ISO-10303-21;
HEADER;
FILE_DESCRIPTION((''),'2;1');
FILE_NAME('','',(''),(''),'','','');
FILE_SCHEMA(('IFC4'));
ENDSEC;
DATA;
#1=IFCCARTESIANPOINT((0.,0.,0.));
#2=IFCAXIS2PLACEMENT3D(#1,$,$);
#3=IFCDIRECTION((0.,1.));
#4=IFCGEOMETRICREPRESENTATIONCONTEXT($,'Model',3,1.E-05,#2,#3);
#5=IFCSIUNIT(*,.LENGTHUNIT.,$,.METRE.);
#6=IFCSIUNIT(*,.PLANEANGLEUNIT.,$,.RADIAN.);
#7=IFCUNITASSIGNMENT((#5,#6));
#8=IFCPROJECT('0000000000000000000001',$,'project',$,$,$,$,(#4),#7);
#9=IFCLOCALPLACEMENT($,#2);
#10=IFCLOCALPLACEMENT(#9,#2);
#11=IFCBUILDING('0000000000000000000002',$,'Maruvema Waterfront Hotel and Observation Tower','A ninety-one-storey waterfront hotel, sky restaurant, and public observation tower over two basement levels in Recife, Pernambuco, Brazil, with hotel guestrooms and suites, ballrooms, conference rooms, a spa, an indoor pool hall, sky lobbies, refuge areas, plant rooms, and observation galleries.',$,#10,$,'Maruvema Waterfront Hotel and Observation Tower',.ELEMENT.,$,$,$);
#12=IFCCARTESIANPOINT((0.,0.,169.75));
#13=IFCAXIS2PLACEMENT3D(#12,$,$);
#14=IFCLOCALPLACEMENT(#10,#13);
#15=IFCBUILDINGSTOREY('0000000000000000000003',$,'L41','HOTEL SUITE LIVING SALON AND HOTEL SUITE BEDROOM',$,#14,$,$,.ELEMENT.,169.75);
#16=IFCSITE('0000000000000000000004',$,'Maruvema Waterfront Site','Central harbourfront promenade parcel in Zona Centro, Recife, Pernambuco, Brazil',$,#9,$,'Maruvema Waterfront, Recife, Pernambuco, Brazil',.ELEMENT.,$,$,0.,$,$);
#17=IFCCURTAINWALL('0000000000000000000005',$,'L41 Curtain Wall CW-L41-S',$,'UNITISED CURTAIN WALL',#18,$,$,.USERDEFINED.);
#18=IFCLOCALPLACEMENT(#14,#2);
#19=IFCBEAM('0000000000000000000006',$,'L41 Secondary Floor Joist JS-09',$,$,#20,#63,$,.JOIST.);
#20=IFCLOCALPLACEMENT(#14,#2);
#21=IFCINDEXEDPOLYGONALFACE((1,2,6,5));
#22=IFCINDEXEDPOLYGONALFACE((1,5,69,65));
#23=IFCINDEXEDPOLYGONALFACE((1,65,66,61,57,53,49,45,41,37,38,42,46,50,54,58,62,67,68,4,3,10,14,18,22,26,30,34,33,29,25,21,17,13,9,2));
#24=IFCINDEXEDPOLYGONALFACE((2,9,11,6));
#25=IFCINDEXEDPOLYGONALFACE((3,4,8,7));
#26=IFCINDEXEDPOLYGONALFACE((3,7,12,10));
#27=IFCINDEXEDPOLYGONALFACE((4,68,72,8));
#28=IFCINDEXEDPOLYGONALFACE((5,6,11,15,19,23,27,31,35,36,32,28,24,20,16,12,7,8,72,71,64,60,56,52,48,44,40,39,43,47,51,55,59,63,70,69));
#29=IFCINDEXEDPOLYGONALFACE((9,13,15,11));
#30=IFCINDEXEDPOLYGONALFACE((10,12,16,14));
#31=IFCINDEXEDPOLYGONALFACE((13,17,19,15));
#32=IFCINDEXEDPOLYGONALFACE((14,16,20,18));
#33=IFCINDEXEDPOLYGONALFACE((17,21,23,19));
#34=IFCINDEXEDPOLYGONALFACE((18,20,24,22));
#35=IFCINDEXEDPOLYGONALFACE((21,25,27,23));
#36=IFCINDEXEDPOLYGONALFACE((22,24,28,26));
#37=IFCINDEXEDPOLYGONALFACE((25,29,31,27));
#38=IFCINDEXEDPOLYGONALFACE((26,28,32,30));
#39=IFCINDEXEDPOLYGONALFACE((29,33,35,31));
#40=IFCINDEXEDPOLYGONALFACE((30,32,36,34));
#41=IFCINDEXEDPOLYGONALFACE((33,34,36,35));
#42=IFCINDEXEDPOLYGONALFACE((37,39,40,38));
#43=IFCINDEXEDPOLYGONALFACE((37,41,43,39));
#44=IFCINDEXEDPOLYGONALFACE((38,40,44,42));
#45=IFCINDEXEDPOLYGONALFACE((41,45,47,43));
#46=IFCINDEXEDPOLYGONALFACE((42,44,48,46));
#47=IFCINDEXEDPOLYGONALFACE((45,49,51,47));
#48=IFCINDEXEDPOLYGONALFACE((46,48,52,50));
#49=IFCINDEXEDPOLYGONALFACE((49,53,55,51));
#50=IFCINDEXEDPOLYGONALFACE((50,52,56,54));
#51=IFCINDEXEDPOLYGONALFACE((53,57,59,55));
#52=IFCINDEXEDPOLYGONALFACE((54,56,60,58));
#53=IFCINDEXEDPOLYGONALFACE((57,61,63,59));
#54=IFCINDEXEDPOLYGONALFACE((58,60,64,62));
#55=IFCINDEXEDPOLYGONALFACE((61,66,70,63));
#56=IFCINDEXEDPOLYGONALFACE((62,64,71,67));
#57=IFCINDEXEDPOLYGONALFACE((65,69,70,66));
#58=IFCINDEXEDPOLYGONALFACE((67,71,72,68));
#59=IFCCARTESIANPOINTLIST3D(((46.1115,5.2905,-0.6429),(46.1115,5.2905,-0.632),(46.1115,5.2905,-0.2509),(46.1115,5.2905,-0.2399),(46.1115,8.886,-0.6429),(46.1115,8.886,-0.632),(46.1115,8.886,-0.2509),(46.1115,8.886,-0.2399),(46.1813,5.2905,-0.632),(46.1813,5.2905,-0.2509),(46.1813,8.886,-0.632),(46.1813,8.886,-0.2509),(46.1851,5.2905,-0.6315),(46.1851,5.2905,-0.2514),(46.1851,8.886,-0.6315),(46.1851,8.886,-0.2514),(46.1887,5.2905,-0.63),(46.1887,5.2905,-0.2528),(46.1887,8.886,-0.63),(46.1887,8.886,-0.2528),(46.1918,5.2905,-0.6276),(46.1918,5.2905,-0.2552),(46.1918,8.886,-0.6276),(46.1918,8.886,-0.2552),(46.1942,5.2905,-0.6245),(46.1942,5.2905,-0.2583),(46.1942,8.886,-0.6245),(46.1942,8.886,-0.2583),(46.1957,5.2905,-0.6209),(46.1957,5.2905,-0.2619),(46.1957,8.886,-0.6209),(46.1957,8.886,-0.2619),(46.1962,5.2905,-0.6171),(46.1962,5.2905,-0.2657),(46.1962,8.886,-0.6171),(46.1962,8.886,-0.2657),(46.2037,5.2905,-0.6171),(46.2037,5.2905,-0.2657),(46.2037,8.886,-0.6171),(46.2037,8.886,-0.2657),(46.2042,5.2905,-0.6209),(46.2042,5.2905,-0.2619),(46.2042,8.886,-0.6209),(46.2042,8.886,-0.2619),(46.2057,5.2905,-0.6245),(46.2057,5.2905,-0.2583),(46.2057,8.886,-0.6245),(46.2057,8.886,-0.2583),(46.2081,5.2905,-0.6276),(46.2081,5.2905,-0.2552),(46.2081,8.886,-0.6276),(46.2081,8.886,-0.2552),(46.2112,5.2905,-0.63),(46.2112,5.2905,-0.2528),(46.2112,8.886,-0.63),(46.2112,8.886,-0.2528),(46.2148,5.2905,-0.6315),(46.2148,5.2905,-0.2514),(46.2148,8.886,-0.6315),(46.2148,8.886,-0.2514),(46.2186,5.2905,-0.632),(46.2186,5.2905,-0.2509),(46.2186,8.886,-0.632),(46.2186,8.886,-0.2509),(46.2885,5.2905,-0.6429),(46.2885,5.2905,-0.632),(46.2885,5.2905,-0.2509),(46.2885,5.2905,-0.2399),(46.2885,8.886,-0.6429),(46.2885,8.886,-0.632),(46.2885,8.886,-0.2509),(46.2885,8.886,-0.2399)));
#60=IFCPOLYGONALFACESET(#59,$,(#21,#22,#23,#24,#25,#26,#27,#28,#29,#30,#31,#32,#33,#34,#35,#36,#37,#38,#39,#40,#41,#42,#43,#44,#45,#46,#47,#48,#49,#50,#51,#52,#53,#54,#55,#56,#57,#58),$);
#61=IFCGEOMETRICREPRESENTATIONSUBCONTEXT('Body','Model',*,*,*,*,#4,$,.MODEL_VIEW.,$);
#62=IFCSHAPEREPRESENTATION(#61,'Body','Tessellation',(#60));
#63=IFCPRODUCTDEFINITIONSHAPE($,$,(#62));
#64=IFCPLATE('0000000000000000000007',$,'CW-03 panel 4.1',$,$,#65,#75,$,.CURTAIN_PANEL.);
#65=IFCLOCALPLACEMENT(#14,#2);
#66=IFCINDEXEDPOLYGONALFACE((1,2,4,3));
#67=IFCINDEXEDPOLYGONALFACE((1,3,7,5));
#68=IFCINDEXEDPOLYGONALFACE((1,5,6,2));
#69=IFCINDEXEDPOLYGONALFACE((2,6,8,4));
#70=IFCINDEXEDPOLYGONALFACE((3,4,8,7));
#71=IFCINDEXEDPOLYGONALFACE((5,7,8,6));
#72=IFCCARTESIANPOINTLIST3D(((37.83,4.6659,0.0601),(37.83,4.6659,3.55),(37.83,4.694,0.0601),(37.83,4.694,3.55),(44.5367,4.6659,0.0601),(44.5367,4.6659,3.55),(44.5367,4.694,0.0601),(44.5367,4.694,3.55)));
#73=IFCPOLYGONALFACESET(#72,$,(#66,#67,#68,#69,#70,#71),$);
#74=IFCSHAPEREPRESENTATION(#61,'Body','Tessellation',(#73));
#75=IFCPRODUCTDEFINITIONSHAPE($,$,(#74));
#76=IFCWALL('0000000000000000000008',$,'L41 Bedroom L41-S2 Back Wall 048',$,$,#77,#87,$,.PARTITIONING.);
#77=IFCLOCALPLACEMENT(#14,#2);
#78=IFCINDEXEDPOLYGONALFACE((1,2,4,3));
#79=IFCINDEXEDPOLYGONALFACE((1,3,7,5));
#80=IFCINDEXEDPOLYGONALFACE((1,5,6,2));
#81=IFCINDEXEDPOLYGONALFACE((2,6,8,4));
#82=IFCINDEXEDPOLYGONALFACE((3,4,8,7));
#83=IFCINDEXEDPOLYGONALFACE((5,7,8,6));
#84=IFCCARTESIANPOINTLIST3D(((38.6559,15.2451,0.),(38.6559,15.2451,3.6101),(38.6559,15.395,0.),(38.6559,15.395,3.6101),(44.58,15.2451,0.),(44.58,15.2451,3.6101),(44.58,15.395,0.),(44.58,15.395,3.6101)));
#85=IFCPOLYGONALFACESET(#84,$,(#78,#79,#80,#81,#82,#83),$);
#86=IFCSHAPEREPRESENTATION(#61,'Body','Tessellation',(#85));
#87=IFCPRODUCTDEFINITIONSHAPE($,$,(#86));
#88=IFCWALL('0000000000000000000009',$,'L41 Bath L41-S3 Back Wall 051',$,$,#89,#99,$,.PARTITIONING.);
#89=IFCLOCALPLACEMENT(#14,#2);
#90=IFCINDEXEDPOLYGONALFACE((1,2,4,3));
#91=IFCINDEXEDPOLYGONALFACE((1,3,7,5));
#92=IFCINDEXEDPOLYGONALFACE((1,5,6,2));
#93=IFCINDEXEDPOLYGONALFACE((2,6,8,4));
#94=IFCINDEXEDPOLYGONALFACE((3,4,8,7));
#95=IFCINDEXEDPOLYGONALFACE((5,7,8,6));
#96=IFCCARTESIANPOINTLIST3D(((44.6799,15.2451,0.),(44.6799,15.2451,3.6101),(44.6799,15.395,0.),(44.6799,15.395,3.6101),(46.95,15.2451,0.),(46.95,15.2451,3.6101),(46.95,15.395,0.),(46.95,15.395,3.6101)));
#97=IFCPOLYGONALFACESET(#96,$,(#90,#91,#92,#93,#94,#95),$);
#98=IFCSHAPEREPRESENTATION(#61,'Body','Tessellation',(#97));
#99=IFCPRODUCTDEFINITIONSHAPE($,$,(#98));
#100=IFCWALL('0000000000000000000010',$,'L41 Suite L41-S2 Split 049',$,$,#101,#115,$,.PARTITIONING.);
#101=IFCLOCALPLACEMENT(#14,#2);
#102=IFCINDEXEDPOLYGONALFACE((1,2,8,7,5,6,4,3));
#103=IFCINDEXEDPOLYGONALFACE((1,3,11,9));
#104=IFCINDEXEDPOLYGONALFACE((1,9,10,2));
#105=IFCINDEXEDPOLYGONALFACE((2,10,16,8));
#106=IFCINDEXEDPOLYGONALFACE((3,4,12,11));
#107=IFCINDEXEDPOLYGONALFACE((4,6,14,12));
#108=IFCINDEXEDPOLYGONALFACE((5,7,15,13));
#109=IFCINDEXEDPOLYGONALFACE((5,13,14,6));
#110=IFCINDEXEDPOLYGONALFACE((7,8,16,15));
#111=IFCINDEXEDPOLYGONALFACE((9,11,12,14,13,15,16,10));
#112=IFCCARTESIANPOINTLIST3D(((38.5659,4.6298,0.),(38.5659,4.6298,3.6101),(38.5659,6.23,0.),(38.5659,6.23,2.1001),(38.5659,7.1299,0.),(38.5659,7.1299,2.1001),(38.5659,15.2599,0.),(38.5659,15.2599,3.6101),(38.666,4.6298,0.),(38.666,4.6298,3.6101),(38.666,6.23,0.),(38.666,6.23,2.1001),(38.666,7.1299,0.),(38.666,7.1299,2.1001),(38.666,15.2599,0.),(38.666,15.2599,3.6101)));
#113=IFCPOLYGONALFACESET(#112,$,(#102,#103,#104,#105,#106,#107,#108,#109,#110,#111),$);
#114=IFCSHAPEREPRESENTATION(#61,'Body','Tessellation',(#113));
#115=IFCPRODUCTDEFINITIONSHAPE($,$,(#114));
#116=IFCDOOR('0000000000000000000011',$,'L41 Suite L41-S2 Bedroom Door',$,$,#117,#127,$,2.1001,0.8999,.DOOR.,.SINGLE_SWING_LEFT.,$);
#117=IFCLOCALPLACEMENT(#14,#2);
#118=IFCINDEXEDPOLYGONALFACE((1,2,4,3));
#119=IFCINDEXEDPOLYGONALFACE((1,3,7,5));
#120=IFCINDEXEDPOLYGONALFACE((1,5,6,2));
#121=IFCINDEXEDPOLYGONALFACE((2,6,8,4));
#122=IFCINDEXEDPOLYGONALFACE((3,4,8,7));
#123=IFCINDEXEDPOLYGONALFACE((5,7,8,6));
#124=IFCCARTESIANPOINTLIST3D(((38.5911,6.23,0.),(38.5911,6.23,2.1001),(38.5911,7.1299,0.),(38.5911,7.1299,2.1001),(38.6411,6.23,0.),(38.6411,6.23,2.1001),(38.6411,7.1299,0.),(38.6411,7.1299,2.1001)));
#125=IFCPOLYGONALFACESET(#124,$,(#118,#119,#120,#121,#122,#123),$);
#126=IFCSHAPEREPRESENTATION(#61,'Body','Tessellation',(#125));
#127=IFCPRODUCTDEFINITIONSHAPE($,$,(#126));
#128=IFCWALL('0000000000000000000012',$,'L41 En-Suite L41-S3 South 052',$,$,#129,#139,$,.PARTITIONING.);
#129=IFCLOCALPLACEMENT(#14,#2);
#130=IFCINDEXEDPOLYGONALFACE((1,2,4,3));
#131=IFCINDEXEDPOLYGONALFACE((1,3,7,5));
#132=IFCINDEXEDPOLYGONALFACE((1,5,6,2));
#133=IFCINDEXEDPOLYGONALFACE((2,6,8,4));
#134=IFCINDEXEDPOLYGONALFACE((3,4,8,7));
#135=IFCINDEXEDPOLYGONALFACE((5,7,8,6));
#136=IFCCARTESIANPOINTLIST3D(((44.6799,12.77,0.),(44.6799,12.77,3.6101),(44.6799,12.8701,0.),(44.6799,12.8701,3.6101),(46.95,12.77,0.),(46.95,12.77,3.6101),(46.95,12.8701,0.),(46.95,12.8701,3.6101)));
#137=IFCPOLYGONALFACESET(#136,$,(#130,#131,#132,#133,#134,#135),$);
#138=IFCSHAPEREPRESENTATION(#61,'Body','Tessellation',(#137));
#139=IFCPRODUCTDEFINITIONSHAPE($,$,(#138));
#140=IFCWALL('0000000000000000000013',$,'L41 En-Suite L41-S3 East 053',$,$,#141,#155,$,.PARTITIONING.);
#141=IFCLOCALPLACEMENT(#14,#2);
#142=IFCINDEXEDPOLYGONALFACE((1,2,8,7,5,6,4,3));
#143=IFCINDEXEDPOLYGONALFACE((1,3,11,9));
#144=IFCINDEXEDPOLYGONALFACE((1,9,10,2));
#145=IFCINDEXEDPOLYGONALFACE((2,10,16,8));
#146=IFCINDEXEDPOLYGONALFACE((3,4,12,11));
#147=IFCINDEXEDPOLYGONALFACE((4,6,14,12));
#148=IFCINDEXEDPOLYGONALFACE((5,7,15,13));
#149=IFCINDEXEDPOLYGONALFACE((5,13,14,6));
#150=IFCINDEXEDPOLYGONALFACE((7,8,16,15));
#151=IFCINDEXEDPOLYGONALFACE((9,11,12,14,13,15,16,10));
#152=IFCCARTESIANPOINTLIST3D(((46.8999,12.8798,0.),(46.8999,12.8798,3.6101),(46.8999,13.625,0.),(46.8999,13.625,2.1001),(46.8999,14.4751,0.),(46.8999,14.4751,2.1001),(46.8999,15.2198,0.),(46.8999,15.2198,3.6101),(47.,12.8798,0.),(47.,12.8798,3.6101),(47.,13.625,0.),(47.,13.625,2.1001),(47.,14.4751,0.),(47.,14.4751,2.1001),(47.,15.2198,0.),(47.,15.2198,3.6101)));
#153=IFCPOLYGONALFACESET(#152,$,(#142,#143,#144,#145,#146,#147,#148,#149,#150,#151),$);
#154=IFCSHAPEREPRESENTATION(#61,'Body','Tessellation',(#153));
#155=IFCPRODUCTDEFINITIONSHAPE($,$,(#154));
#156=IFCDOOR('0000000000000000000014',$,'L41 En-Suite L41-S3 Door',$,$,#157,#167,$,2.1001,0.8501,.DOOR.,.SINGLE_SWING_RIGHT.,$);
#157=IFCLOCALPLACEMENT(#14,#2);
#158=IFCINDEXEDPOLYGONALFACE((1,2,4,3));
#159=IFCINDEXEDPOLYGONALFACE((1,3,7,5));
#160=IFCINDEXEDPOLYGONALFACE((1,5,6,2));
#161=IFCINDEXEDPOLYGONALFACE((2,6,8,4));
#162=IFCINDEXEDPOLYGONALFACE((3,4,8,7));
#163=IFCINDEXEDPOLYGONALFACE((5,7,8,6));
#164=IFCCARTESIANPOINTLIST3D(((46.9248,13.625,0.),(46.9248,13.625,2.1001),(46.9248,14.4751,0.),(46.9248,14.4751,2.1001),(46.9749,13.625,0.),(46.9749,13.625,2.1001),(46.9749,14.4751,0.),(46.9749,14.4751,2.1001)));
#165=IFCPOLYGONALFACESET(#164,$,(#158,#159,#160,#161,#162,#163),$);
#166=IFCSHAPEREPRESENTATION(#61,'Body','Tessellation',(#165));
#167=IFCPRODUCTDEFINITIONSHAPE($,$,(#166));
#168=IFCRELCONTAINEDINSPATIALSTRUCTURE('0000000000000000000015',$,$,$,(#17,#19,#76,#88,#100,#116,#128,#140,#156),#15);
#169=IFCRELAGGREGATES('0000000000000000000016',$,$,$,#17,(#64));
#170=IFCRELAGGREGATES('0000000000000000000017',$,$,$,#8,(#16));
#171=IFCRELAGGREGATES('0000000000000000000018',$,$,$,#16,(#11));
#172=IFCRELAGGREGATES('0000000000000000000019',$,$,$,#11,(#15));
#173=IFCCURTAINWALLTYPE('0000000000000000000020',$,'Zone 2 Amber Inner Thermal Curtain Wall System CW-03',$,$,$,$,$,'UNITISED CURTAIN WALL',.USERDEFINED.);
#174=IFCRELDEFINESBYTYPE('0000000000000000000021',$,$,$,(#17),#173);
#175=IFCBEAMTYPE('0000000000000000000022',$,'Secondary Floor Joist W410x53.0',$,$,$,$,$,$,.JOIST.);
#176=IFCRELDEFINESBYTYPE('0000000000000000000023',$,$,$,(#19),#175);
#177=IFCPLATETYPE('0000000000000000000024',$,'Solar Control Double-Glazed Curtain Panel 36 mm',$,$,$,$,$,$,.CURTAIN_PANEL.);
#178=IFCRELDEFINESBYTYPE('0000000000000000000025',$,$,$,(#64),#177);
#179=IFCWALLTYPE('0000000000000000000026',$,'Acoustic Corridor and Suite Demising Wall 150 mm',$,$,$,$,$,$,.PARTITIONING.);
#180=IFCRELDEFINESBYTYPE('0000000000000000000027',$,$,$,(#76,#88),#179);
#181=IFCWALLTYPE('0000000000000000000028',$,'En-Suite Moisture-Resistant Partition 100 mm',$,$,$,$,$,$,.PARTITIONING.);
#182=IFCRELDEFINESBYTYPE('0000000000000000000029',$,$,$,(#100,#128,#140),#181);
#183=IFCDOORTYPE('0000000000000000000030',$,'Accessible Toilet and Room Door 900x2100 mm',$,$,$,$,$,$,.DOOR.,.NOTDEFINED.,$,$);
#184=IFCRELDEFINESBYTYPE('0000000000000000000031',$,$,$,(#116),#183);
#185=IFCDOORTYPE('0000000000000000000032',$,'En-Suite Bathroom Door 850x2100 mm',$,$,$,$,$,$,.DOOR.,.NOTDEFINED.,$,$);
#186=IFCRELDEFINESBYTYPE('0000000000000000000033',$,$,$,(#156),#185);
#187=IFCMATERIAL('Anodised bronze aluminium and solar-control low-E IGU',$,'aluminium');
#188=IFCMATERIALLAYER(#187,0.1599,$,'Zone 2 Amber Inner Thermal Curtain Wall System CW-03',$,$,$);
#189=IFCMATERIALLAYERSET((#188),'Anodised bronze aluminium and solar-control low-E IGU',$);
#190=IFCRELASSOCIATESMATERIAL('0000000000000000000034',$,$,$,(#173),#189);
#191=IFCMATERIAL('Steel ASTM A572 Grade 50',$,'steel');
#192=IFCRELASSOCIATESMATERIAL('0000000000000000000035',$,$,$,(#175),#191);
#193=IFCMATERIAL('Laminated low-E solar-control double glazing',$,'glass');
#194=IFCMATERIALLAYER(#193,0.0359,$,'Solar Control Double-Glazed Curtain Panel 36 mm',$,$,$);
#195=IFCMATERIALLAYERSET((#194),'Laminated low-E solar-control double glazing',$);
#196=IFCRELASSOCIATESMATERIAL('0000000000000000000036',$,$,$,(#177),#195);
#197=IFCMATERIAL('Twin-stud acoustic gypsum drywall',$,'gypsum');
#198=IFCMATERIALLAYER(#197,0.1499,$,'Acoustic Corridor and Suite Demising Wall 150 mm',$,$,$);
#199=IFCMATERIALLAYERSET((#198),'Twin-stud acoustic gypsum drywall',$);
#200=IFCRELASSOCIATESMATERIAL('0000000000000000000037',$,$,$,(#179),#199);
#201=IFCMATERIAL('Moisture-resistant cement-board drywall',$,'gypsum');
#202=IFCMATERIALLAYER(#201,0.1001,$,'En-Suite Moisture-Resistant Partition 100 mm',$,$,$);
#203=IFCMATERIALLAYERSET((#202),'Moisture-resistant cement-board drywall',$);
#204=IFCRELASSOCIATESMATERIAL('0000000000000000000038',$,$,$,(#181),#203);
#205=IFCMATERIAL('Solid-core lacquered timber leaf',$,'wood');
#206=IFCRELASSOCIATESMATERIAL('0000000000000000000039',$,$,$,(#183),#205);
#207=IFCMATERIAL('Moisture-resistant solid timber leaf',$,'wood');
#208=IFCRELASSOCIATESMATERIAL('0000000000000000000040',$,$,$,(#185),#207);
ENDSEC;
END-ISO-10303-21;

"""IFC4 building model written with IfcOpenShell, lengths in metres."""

from ifc_helpers import new_model, si_unit, direction, frame, frame_2d, origin, origin_2d, place, context, subcontext, project, spatial, rectangle, i_section, extrude, material, layer, layer_set, material_profile, profile_set, type_object, element, fill, aggregate, save


model = new_model("IFC4")

# Units and contexts
model_context = context("Model", 3, precision=1e-05, world=origin(), true_north=direction((0.0, 1.0)))
body_context = subcontext(model_context, "Body", "Model", "MODEL_VIEW")
ifc_project = project(units=[si_unit("LENGTHUNIT", "METRE"), si_unit("PLANEANGLEUNIT", "RADIAN")], contexts=[model_context])

# Site, building, storey
site_placement = place(None, origin())
site = spatial("IfcSite", under=ifc_project, at=site_placement, Name="Maruvema Waterfront Site", Description="Central harbourfront promenade parcel in Zona Centro, Recife, Pernambuco, Brazil", LongName="Maruvema Waterfront, Recife, Pernambuco, Brazil", CompositionType="ELEMENT", RefElevation=0.0)
building_placement = place(site_placement, origin())
building = spatial("IfcBuilding", under=site, at=building_placement, Name="Maruvema Waterfront Hotel and Observation Tower", Description="A ninety-one-storey waterfront hotel, sky restaurant, and public observation tower over two basement levels in Recife, Pernambuco, Brazil, with hotel guestrooms and suites, ballrooms, conference rooms, a spa, an indoor pool hall, sky lobbies, refuge areas, plant rooms, and observation galleries.", LongName="Maruvema Waterfront Hotel and Observation Tower", CompositionType="ELEMENT")
storey_placement = place(building_placement, frame((0.0, 0.0, 169.75)))
storey = spatial("IfcBuildingStorey", under=building, at=storey_placement, Name="L41", Description="HOTEL SUITE LIVING SALON AND HOTEL SUITE BEDROOM", CompositionType="ELEMENT", Elevation=169.75)

# Curtain wall
ifc_material_1 = material(Name="Anodised bronze aluminium and solar-control low-E IGU", Category="aluminium")
ifc_layer_1 = layer(ifc_material_1, 0.1599, Name="Zone 2 Amber Inner Thermal Curtain Wall System CW-03")
ifc_layer_set_1 = layer_set([ifc_layer_1], Name="Anodised bronze aluminium and solar-control low-E IGU")
curtain_wall_type = type_object("IfcCurtainWallType", Name="Zone 2 Amber Inner Thermal Curtain Wall System CW-03", ElementType="UNITISED CURTAIN WALL", PredefinedType="USERDEFINED", material=ifc_layer_set_1)
curtain_wall_placement = place(storey_placement, origin())
curtain_wall = element("IfcCurtainWall", 1, at=curtain_wall_placement, inside=storey, type_object=curtain_wall_type, Name="L41 Curtain Wall CW-L41-S", ObjectType="UNITISED CURTAIN WALL", PredefinedType="USERDEFINED")

# Beam
ifc_material_2 = material(Name="Steel ASTM A572 Grade 50", Category="steel")
ifc_material_profile_1 = material_profile(ifc_material_2, i_section(OverallWidth=0.177, OverallDepth=0.4031, WebThickness=0.0076, FlangeThickness=0.011, FilletRadius=0.0149, at=origin_2d()), Name="W410x53.0")
ifc_profile_set_1 = profile_set([ifc_material_profile_1], Name="Steel ASTM A572 Grade 50")
beam_type_1 = type_object("IfcBeamType", Name="Secondary Floor Joist W410x53.0", PredefinedType="JOIST", material=ifc_profile_set_1)
beam_1_placement = place(storey_placement, frame((46.2, 5.2905, -0.4414), z_axis=(0.0, 1.0, 0.0), x_axis=(-1.0, 0.0, 0.0)))
element("IfcBeam", 2, at=beam_1_placement, inside=storey, type_object=beam_type_1, Name="L41 Secondary Floor Joist JS-09", PredefinedType="JOIST", context=body_context, shape_type="SweptSolid", body=[
    extrude(i_section(OverallWidth=0.177, OverallDepth=0.4031, WebThickness=0.0076, FlangeThickness=0.011, FilletRadius=0.0149, at=origin_2d()), origin(), (0.0, 0.0, 1.0), 3.5955),
])

# Plate
ifc_material_3 = material(Name="Laminated low-E solar-control double glazing", Category="glass")
ifc_layer_2 = layer(ifc_material_3, 0.0359, Name="Solar Control Double-Glazed Curtain Panel 36 mm")
ifc_layer_set_2 = layer_set([ifc_layer_2], Name="Laminated low-E solar-control double glazing")
plate_type = type_object("IfcPlateType", Name="Solar Control Double-Glazed Curtain Panel 36 mm", PredefinedType="CURTAIN_PANEL", material=ifc_layer_set_2)
plate_placement = place(storey_placement, frame((41.1833, 4.6799, 0.0601), z_axis=(0.0, 0.0, 1.0), x_axis=(1.0, 0.0, 0.0)))
plate = element("IfcPlate", 3, at=plate_placement, type_object=plate_type, Name="CW-03 panel 4.1", PredefinedType="CURTAIN_PANEL", context=body_context, shape_type="SweptSolid", body=[
    extrude(rectangle(XDim=6.7068, YDim=0.0281, at=origin_2d()), origin(), (0.0, 0.0, 1.0), 3.49),
])
aggregate(curtain_wall, [plate])

# Walls
ifc_material_4 = material(Name="Twin-stud acoustic gypsum drywall", Category="gypsum")
ifc_layer_3 = layer(ifc_material_4, 0.1499, Name="Acoustic Corridor and Suite Demising Wall 150 mm")
ifc_layer_set_3 = layer_set([ifc_layer_3], Name="Twin-stud acoustic gypsum drywall")
wall_type_1 = type_object("IfcWallType", Name="Acoustic Corridor and Suite Demising Wall 150 mm", PredefinedType="PARTITIONING", material=ifc_layer_set_3)
wall_1_placement = place(storey_placement, frame((38.656, 15.3201, 0.0), z_axis=(0.0, 0.0, 1.0), x_axis=(1.0, 0.0, 0.0)))
element("IfcWall", 4, at=wall_1_placement, inside=storey, type_object=wall_type_1, Name="L41 Bedroom L41-S2 Back Wall 048", PredefinedType="PARTITIONING", context=body_context, shape_type="SweptSolid", body=[
    extrude(rectangle(XDim=5.9241, YDim=0.1499, at=frame_2d((2.9619, 0.0))), origin(), (0.0, 0.0, 1.0), 3.6101),
])
wall_2_placement = place(storey_placement, frame((44.6799, 15.3201, 0.0), z_axis=(0.0, 0.0, 1.0), x_axis=(1.0, 0.0, 0.0)))
element("IfcWall", 5, at=wall_2_placement, inside=storey, type_object=wall_type_1, Name="L41 Bath L41-S3 Back Wall 051", PredefinedType="PARTITIONING", context=body_context, shape_type="SweptSolid", body=[
    extrude(rectangle(XDim=2.27, YDim=0.1499, at=frame_2d((1.135, 0.0))), origin(), (0.0, 0.0, 1.0), 3.6101),
])

# Wall, opening, door
ifc_material_5 = material(Name="Moisture-resistant cement-board drywall", Category="gypsum")
ifc_layer_4 = layer(ifc_material_5, 0.1001, Name="En-Suite Moisture-Resistant Partition 100 mm")
ifc_layer_set_4 = layer_set([ifc_layer_4], Name="Moisture-resistant cement-board drywall")
wall_type_2 = type_object("IfcWallType", Name="En-Suite Moisture-Resistant Partition 100 mm", PredefinedType="PARTITIONING", material=ifc_layer_set_4)
wall_3_placement = place(storey_placement, frame((38.616, 4.6299, 0.0), z_axis=(0.0, 0.0, 1.0), x_axis=(0.0, 1.0, 0.0)))
wall_3 = element("IfcWall", 6, at=wall_3_placement, inside=storey, type_object=wall_type_2, Name="L41 Suite L41-S2 Split 049", PredefinedType="PARTITIONING", context=body_context, shape_type="SweptSolid", body=[
    extrude(rectangle(XDim=10.6301, YDim=0.1001, at=frame_2d((5.3149, 0.0))), origin(), (0.0, 0.0, 1.0), 3.6101),
])
opening_1_placement = place(wall_3_placement, frame((1.6001, 0.0, 0.0)))
opening_1 = element("IfcOpeningElement", 7, at=opening_1_placement, cuts=wall_3, PredefinedType="OPENING", context=body_context, shape_type="SweptSolid", body=[
    extrude(rectangle(XDim=0.8999, YDim=2.1001, at=frame_2d((0.45, 1.05))), frame((0.0, 0.0601, 0.0), z_axis=(0.0, -1.0, 0.0), x_axis=(1.0, 0.0, 0.0)), (0.0, 0.0, 1.0), 0.1201),
])
ifc_material_6 = material(Name="Solid-core lacquered timber leaf", Category="wood")
door_type_1 = type_object("IfcDoorType", Name="Accessible Toilet and Room Door 900x2100 mm", OperationType="NOTDEFINED", PredefinedType="DOOR", material=ifc_material_6)
door_1_placement = place(opening_1_placement, origin())
door_1 = element("IfcDoor", 8, at=door_1_placement, inside=storey, type_object=door_type_1, Name="L41 Suite L41-S2 Bedroom Door", OperationType="SINGLE_SWING_LEFT", OverallHeight=2.1001, OverallWidth=0.8999, PredefinedType="DOOR", context=body_context, shape_type="SweptSolid", body=[
    extrude(rectangle(XDim=0.8999, YDim=2.1001, at=frame_2d((0.45, 1.05))), frame((0.0, 0.0249, 0.0), z_axis=(0.0, -1.0, 0.0), x_axis=(1.0, 0.0, 0.0)), (0.0, 0.0, 1.0), 0.05),
])
fill(opening_1, door_1)

# Wall
wall_4_placement = place(storey_placement, frame((44.6799, 12.8201, 0.0), z_axis=(0.0, 0.0, 1.0), x_axis=(1.0, 0.0, 0.0)))
element("IfcWall", 9, at=wall_4_placement, inside=storey, type_object=wall_type_2, Name="L41 En-Suite L41-S3 South 052", PredefinedType="PARTITIONING", context=body_context, shape_type="SweptSolid", body=[
    extrude(rectangle(XDim=2.27, YDim=0.1001, at=frame_2d((1.135, 0.0))), origin(), (0.0, 0.0, 1.0), 3.6101),
])

# Wall, opening, door
wall_5_placement = place(storey_placement, frame((46.95, 12.8799, 0.0), z_axis=(0.0, 0.0, 1.0), x_axis=(0.0, 1.0, 0.0)))
wall_5 = element("IfcWall", 10, at=wall_5_placement, inside=storey, type_object=wall_type_2, Name="L41 En-Suite L41-S3 East 053", PredefinedType="PARTITIONING", context=body_context, shape_type="SweptSolid", body=[
    extrude(rectangle(XDim=2.3401, YDim=0.1001, at=frame_2d((1.1699, 0.0))), origin(), (0.0, 0.0, 1.0), 3.6101),
])
opening_2_placement = place(wall_5_placement, frame((0.7451, 0.0, 0.0)))
opening_2 = element("IfcOpeningElement", 11, at=opening_2_placement, cuts=wall_5, PredefinedType="OPENING", context=body_context, shape_type="SweptSolid", body=[
    extrude(rectangle(XDim=0.8501, YDim=2.1001, at=frame_2d((0.425, 1.05))), frame((0.0, 0.0601, 0.0), z_axis=(0.0, -1.0, 0.0), x_axis=(1.0, 0.0, 0.0)), (0.0, 0.0, 1.0), 0.1201),
])
ifc_material_7 = material(Name="Moisture-resistant solid timber leaf", Category="wood")
door_type_2 = type_object("IfcDoorType", Name="En-Suite Bathroom Door 850x2100 mm", OperationType="NOTDEFINED", PredefinedType="DOOR", material=ifc_material_7)
door_2_placement = place(opening_2_placement, frame((0.8501, 0.0, 0.0), z_axis=(0.0, 0.0, 1.0), x_axis=(-1.0, 0.0, 0.0)))
door_2 = element("IfcDoor", 12, at=door_2_placement, inside=storey, type_object=door_type_2, Name="L41 En-Suite L41-S3 Door", OperationType="SINGLE_SWING_RIGHT", OverallHeight=2.1001, OverallWidth=0.8501, PredefinedType="DOOR", context=body_context, shape_type="SweptSolid", body=[
    extrude(rectangle(XDim=0.8501, YDim=2.1001, at=frame_2d((0.425, 1.05))), frame((0.0, 0.0249, 0.0), z_axis=(0.0, -1.0, 0.0), x_axis=(1.0, 0.0, 0.0)), (0.0, 0.0, 1.0), 0.05),
])
fill(opening_2, door_2)

save(model, "model.ifc")
